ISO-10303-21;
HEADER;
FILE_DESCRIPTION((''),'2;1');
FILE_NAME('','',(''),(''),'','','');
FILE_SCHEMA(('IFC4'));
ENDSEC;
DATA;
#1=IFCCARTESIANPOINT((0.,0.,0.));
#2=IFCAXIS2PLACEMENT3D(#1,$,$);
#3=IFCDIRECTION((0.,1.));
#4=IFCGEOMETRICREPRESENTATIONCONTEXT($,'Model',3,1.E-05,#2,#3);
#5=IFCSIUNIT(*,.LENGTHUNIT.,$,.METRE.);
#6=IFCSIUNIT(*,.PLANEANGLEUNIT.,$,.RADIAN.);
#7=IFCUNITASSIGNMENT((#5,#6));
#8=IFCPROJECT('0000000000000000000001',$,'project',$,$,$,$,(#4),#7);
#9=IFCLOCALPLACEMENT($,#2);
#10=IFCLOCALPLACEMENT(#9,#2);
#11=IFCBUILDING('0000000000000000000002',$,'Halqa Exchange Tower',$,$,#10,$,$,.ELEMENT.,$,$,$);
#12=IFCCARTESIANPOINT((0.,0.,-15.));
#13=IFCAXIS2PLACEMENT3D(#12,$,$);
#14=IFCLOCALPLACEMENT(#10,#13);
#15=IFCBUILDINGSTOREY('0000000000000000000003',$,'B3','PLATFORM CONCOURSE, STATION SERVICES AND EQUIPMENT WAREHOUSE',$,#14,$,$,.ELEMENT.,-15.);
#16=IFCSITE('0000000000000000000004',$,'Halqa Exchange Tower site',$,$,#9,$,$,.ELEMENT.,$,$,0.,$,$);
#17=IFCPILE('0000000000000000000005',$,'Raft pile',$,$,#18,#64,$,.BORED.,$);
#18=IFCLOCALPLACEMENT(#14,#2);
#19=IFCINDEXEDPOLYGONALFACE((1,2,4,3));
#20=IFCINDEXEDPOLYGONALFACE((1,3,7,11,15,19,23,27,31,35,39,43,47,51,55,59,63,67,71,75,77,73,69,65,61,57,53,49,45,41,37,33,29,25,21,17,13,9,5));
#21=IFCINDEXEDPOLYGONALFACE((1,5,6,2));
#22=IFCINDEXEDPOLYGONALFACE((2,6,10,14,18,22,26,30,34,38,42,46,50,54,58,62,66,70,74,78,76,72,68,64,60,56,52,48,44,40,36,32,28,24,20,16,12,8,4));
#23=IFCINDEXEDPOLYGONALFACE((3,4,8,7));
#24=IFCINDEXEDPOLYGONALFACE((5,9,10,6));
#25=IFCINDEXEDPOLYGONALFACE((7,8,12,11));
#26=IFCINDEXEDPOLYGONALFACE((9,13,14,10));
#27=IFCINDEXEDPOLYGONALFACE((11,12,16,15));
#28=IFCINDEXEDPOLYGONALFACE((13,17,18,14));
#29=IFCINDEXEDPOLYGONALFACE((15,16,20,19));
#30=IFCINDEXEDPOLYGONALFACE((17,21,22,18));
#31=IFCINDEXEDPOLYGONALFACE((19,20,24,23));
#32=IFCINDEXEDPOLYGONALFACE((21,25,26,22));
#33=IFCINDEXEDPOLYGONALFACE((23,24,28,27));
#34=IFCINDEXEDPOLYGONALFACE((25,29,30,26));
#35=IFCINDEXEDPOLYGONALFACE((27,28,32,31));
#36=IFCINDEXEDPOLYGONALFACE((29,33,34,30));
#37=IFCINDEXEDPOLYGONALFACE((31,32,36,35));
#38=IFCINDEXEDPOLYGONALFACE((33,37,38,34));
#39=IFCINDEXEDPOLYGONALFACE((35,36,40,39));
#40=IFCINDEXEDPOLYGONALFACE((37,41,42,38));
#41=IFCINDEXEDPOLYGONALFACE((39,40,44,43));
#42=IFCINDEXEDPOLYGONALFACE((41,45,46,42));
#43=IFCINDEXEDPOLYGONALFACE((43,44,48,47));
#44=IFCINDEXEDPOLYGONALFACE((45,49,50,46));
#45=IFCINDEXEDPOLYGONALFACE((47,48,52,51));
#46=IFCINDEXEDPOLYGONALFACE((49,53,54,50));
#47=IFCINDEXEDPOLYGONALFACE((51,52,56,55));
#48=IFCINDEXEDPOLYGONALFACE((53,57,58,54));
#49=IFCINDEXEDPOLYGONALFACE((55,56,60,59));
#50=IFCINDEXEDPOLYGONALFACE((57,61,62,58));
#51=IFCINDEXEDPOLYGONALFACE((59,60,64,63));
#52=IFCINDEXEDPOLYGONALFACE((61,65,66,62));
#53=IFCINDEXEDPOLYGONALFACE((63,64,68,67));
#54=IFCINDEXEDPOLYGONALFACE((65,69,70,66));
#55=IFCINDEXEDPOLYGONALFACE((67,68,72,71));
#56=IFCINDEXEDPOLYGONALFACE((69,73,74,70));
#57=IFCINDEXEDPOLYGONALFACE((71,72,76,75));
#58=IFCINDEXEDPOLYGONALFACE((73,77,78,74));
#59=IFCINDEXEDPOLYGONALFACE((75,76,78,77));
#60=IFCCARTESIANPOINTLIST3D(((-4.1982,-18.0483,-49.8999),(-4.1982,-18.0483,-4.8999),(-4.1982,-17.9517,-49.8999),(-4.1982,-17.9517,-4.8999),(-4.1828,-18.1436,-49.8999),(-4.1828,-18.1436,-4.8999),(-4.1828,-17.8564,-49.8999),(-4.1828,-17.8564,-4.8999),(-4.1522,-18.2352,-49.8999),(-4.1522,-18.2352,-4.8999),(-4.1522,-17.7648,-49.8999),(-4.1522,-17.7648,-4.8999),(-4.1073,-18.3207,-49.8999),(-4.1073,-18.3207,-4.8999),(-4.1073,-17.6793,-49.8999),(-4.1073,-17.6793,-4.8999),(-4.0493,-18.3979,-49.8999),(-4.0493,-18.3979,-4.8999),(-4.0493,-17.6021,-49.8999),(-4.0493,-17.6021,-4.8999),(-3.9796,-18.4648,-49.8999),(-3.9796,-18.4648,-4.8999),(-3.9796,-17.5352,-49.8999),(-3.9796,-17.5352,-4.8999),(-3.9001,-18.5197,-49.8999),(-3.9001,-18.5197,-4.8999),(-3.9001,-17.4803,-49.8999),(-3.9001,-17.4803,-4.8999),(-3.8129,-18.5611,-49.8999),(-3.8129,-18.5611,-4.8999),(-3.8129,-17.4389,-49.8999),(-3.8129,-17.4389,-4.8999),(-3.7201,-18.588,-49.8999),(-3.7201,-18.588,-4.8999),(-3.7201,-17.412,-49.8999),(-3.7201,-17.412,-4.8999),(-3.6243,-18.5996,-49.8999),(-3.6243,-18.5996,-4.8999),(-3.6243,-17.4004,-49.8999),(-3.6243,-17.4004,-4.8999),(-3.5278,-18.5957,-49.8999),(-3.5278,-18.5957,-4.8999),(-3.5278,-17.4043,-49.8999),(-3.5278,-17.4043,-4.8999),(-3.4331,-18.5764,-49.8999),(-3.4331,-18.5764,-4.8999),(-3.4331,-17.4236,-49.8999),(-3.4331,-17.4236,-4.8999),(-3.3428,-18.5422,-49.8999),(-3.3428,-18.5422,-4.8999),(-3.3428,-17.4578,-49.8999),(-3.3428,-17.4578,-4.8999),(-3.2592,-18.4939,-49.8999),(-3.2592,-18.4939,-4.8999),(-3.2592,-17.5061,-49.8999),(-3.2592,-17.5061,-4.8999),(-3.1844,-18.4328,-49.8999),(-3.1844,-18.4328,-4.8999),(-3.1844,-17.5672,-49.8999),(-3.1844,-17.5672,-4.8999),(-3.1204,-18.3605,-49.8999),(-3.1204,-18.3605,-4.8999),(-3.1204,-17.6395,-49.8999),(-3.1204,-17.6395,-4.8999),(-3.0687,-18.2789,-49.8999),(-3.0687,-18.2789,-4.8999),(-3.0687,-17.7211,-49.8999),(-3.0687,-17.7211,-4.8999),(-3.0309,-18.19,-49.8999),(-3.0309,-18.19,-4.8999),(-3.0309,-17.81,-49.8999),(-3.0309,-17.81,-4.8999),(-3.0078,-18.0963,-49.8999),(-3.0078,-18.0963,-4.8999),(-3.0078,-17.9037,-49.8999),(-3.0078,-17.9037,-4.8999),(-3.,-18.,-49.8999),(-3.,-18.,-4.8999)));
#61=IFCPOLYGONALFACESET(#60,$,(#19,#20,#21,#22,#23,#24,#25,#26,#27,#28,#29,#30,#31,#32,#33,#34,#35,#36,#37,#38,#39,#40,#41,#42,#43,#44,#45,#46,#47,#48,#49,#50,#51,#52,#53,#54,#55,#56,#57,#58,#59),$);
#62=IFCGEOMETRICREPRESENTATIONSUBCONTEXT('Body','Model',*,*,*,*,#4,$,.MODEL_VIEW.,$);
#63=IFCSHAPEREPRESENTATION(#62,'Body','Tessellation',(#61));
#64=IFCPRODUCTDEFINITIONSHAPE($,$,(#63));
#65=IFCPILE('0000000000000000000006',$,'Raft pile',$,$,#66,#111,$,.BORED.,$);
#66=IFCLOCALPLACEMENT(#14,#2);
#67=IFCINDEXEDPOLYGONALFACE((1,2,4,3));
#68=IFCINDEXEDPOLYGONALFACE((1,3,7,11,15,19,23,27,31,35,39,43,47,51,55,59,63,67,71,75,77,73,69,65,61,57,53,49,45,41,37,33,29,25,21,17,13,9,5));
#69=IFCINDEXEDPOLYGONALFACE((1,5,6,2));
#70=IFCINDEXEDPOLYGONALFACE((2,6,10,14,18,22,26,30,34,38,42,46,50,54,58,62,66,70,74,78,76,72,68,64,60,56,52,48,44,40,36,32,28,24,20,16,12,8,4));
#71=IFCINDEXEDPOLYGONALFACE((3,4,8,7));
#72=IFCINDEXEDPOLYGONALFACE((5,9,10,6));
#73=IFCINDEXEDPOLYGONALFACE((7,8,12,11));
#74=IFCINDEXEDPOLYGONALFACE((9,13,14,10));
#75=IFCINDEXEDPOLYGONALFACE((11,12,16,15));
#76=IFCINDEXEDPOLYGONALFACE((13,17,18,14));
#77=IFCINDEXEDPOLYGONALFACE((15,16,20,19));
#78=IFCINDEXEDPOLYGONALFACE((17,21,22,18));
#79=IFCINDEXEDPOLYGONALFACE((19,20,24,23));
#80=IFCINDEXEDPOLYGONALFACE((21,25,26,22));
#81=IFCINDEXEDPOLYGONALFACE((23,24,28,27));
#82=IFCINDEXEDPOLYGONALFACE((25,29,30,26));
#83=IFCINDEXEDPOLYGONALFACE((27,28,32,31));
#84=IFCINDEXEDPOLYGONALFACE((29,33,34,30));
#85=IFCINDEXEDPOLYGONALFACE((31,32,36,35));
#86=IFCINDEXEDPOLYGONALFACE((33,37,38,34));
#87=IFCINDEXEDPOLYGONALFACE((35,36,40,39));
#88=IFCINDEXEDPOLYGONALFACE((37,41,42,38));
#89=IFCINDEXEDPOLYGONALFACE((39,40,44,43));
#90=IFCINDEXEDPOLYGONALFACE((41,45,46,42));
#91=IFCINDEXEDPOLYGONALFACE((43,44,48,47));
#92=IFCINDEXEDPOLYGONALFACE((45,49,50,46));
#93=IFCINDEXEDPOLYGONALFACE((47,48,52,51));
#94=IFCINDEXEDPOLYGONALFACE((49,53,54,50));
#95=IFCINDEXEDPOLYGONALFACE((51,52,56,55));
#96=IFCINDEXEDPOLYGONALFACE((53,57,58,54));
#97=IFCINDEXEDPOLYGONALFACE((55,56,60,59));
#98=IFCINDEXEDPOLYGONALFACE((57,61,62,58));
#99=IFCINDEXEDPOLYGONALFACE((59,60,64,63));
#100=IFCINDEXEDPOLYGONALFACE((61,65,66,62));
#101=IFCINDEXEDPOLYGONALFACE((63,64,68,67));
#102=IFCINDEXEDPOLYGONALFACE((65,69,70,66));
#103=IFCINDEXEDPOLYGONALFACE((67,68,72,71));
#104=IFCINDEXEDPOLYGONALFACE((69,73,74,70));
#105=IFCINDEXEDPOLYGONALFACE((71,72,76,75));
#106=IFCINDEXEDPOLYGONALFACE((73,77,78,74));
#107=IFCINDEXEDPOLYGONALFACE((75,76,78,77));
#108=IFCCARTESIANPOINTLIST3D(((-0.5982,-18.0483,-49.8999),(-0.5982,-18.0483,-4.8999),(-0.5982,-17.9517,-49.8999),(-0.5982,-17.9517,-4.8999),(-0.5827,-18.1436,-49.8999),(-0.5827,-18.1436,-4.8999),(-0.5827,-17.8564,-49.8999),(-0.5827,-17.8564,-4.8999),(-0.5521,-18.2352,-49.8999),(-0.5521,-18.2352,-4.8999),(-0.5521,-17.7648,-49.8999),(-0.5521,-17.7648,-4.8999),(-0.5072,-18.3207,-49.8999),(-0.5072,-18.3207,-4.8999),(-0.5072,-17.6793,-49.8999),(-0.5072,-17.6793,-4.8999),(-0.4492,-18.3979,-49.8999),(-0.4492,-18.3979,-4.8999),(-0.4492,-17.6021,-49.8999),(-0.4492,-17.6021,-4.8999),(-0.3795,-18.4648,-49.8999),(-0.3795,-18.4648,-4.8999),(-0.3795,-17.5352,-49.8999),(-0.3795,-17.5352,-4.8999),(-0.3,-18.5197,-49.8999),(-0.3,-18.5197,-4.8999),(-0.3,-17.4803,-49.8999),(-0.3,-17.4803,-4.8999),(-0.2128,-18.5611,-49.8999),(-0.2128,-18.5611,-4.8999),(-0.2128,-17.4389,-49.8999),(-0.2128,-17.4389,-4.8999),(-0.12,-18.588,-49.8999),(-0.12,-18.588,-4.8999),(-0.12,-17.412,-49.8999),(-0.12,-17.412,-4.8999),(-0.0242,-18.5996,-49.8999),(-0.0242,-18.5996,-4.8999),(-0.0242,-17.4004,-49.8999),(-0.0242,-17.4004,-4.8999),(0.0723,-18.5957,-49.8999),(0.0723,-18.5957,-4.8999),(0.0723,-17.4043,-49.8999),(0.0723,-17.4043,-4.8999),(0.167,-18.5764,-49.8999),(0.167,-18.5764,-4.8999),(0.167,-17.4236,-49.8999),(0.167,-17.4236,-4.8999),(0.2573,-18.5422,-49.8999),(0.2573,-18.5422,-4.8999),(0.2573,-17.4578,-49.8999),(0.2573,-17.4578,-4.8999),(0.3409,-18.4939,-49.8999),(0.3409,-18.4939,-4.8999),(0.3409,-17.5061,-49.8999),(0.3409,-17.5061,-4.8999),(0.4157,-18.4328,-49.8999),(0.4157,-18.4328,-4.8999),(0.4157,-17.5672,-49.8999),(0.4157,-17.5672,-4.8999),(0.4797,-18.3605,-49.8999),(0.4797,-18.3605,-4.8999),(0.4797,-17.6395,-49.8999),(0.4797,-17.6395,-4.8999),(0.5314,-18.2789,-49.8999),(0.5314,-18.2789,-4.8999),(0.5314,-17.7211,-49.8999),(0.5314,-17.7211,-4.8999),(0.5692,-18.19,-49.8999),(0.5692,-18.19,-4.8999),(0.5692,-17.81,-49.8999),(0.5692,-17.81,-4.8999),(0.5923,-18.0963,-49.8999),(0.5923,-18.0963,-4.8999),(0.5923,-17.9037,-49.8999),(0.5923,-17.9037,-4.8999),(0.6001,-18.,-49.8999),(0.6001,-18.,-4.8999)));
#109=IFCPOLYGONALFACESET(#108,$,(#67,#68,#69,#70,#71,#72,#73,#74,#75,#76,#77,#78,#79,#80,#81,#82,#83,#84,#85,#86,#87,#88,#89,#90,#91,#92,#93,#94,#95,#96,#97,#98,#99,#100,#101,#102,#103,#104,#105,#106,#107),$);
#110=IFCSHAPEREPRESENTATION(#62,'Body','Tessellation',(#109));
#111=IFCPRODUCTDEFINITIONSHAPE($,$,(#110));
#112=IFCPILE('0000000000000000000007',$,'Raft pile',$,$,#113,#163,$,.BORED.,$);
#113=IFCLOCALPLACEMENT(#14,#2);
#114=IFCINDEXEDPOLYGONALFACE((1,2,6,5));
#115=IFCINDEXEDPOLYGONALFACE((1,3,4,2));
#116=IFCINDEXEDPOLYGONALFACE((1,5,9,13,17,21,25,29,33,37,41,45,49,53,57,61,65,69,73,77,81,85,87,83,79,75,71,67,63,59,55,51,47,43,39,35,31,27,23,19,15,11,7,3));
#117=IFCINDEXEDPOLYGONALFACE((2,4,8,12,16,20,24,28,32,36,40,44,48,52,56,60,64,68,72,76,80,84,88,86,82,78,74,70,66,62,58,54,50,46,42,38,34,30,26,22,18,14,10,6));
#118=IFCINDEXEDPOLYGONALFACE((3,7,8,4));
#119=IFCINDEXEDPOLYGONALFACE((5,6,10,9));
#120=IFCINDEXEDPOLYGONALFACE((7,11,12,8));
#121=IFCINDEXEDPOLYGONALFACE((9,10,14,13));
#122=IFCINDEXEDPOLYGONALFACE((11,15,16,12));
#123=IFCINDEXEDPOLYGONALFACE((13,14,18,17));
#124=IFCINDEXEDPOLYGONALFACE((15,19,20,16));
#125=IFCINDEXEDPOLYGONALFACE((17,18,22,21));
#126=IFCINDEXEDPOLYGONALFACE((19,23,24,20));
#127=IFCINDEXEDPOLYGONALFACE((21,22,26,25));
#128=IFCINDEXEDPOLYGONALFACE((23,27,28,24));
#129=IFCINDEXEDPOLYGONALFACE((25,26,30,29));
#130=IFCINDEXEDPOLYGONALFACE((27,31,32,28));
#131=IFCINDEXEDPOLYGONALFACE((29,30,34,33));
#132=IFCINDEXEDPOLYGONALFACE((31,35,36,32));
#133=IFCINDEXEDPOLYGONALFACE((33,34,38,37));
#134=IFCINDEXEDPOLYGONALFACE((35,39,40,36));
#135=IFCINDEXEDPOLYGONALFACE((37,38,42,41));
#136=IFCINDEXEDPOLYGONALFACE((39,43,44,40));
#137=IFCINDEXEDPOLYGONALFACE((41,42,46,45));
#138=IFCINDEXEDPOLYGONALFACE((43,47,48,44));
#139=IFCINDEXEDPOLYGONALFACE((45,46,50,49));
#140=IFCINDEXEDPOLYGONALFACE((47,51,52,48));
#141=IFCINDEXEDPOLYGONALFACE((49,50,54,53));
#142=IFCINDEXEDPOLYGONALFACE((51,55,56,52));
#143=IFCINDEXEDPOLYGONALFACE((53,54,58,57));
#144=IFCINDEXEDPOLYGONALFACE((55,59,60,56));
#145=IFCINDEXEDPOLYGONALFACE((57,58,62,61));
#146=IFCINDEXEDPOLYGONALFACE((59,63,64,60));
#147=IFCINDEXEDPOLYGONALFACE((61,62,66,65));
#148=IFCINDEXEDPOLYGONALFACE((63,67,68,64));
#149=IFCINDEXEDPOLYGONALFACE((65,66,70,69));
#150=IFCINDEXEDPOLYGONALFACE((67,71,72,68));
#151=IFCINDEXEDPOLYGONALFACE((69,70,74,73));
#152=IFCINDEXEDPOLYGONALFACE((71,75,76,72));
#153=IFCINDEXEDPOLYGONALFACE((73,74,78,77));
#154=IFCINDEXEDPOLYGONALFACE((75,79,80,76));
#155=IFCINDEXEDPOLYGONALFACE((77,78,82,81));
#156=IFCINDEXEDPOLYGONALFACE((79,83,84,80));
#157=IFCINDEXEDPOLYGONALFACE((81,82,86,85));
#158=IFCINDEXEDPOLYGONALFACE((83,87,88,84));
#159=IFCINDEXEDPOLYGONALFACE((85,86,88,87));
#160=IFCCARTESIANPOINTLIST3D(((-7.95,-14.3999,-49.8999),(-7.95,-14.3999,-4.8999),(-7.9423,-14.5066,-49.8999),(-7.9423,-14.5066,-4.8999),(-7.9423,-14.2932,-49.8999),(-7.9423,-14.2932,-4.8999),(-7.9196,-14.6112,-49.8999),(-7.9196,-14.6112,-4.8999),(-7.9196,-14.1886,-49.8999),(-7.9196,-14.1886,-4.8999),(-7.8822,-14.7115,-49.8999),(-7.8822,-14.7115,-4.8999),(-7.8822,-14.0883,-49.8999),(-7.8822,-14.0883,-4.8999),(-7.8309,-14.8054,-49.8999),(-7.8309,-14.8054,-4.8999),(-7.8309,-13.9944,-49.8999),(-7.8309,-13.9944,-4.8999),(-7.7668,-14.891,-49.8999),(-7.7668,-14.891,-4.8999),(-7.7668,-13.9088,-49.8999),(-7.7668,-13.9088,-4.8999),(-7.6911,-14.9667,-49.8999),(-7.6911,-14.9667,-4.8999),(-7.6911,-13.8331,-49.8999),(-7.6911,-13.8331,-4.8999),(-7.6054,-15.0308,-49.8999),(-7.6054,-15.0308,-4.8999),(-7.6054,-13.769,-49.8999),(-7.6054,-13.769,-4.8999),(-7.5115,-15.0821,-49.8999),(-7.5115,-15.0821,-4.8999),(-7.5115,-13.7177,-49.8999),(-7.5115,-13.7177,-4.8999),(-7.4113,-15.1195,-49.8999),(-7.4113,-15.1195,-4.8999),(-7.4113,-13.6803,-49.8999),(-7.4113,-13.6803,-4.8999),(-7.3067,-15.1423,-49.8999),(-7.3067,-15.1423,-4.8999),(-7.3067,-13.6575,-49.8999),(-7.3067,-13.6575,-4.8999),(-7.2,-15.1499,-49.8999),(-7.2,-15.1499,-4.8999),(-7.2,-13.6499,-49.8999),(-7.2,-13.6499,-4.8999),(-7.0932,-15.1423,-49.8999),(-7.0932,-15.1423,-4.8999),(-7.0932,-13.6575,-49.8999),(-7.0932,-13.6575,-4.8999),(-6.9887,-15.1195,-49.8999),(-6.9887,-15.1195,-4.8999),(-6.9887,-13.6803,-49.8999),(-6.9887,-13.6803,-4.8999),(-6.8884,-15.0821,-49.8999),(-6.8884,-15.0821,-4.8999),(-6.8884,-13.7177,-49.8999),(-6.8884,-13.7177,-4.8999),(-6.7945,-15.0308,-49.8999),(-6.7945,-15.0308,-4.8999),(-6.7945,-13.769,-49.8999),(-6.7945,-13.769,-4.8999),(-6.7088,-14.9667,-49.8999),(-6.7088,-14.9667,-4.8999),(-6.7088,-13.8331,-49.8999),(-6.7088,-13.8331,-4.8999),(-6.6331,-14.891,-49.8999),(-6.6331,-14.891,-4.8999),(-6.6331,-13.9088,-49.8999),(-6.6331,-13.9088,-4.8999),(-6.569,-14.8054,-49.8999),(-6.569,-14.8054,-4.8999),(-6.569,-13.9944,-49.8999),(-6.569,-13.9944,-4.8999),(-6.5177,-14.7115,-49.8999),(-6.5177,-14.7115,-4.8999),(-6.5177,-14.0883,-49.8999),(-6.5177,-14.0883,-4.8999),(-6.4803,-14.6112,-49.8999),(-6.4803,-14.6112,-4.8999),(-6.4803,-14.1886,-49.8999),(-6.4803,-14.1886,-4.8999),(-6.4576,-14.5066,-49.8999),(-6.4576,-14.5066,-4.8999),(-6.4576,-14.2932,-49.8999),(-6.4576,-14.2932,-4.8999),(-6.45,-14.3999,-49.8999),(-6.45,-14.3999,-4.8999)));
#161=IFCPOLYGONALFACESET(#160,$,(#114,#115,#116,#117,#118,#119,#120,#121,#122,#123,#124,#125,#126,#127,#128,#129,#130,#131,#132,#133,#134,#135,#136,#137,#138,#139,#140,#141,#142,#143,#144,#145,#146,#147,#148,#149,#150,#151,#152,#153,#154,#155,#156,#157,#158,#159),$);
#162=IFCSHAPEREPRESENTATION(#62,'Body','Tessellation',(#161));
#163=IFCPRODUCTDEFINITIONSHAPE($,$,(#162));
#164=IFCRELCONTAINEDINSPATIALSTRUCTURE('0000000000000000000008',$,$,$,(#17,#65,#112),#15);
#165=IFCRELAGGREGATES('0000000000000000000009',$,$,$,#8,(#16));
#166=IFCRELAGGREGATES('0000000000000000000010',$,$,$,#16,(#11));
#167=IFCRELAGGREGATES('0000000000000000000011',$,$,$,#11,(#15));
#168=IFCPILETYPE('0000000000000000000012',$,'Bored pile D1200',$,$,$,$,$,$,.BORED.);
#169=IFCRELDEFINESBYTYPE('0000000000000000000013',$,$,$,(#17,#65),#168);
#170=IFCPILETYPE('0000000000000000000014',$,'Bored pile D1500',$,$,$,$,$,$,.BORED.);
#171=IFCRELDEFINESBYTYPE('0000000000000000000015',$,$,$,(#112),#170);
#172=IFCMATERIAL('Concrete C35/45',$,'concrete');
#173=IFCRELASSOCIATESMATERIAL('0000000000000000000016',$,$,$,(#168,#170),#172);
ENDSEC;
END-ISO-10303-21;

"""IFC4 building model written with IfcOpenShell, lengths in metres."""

from ifc_helpers import new_model, si_unit, direction, frame, origin, origin_2d, place, context, subcontext, project, spatial, circle, extrude, material, material_profile, profile_set, type_object, element, save


model = new_model("IFC4")

# Units and contexts
model_context = context("Model", 3, precision=1e-05, world=origin(), true_north=direction((0.0, 1.0)))
body_context = subcontext(model_context, "Body", "Model", "MODEL_VIEW")
ifc_project = project(units=[si_unit("LENGTHUNIT", "METRE"), si_unit("PLANEANGLEUNIT", "RADIAN")], contexts=[model_context])

# Site, building, storey
site_placement = place(None, origin())
site = spatial("IfcSite", under=ifc_project, at=site_placement, Name="Halqa Exchange Tower site", CompositionType="ELEMENT", RefElevation=0.0)
building_placement = place(site_placement, origin())
building = spatial("IfcBuilding", under=site, at=building_placement, Name="Halqa Exchange Tower", CompositionType="ELEMENT")
storey_placement = place(building_placement, frame((0.0, 0.0, -15.0)))
storey = spatial("IfcBuildingStorey", under=building, at=storey_placement, Name="B3", Description="PLATFORM CONCOURSE, STATION SERVICES AND EQUIPMENT WAREHOUSE", CompositionType="ELEMENT", Elevation=-15.0)

# Piles
ifc_material_1 = material(Name="Concrete C35/45", Category="concrete")
ifc_material_profile_1 = material_profile(ifc_material_1, circle(Radius=0.6001, at=origin_2d()), Name="D1200")
ifc_profile_set_1 = profile_set([ifc_material_profile_1], Name="Concrete C35/45")
pile_type_1 = type_object("IfcPileType", Name="Bored pile D1200", PredefinedType="BORED", material=ifc_profile_set_1)
for number, where, z_axis, x_axis, name in (
    (1, (-3.6001, -18.0, -4.8999), (0.0, 0.0, -1.0), (1.0, 0.0, 0.0), "Raft pile"),
    (2, (0.0, -18.0, -4.8999), (0.0, 0.0, -1.0), (1.0, 0.0, 0.0), "Raft pile"),
):
    element("IfcPile", number, at=place(storey_placement, frame(where, z_axis=z_axis, x_axis=x_axis)), inside=storey, type_object=pile_type_1, Name=name, PredefinedType="BORED", context=body_context, shape_type="SweptSolid", body=[
        extrude(circle(Radius=0.6001, at=origin_2d()), origin(), (0.0, 0.0, 1.0), 45.0),
    ])
ifc_material_profile_2 = material_profile(ifc_material_1, circle(Radius=0.75, at=origin_2d()), Name="D1500")
ifc_profile_set_2 = profile_set([ifc_material_profile_2], Name="Concrete C35/45")
pile_type_2 = type_object("IfcPileType", Name="Bored pile D1500", PredefinedType="BORED", material=ifc_profile_set_2)
for number, where, z_axis, x_axis, name in (
    (3, (-7.2, -14.3999, -4.8999), (0.0, 0.0, -1.0), (1.0, 0.0, 0.0), "Raft pile"),
):
    element("IfcPile", number, at=place(storey_placement, frame(where, z_axis=z_axis, x_axis=x_axis)), inside=storey, type_object=pile_type_2, Name=name, PredefinedType="BORED", context=body_context, shape_type="SweptSolid", body=[
        extrude(circle(Radius=0.75, at=origin_2d()), origin(), (0.0, 0.0, 1.0), 45.0),
    ])

save(model, "model.ifc")
